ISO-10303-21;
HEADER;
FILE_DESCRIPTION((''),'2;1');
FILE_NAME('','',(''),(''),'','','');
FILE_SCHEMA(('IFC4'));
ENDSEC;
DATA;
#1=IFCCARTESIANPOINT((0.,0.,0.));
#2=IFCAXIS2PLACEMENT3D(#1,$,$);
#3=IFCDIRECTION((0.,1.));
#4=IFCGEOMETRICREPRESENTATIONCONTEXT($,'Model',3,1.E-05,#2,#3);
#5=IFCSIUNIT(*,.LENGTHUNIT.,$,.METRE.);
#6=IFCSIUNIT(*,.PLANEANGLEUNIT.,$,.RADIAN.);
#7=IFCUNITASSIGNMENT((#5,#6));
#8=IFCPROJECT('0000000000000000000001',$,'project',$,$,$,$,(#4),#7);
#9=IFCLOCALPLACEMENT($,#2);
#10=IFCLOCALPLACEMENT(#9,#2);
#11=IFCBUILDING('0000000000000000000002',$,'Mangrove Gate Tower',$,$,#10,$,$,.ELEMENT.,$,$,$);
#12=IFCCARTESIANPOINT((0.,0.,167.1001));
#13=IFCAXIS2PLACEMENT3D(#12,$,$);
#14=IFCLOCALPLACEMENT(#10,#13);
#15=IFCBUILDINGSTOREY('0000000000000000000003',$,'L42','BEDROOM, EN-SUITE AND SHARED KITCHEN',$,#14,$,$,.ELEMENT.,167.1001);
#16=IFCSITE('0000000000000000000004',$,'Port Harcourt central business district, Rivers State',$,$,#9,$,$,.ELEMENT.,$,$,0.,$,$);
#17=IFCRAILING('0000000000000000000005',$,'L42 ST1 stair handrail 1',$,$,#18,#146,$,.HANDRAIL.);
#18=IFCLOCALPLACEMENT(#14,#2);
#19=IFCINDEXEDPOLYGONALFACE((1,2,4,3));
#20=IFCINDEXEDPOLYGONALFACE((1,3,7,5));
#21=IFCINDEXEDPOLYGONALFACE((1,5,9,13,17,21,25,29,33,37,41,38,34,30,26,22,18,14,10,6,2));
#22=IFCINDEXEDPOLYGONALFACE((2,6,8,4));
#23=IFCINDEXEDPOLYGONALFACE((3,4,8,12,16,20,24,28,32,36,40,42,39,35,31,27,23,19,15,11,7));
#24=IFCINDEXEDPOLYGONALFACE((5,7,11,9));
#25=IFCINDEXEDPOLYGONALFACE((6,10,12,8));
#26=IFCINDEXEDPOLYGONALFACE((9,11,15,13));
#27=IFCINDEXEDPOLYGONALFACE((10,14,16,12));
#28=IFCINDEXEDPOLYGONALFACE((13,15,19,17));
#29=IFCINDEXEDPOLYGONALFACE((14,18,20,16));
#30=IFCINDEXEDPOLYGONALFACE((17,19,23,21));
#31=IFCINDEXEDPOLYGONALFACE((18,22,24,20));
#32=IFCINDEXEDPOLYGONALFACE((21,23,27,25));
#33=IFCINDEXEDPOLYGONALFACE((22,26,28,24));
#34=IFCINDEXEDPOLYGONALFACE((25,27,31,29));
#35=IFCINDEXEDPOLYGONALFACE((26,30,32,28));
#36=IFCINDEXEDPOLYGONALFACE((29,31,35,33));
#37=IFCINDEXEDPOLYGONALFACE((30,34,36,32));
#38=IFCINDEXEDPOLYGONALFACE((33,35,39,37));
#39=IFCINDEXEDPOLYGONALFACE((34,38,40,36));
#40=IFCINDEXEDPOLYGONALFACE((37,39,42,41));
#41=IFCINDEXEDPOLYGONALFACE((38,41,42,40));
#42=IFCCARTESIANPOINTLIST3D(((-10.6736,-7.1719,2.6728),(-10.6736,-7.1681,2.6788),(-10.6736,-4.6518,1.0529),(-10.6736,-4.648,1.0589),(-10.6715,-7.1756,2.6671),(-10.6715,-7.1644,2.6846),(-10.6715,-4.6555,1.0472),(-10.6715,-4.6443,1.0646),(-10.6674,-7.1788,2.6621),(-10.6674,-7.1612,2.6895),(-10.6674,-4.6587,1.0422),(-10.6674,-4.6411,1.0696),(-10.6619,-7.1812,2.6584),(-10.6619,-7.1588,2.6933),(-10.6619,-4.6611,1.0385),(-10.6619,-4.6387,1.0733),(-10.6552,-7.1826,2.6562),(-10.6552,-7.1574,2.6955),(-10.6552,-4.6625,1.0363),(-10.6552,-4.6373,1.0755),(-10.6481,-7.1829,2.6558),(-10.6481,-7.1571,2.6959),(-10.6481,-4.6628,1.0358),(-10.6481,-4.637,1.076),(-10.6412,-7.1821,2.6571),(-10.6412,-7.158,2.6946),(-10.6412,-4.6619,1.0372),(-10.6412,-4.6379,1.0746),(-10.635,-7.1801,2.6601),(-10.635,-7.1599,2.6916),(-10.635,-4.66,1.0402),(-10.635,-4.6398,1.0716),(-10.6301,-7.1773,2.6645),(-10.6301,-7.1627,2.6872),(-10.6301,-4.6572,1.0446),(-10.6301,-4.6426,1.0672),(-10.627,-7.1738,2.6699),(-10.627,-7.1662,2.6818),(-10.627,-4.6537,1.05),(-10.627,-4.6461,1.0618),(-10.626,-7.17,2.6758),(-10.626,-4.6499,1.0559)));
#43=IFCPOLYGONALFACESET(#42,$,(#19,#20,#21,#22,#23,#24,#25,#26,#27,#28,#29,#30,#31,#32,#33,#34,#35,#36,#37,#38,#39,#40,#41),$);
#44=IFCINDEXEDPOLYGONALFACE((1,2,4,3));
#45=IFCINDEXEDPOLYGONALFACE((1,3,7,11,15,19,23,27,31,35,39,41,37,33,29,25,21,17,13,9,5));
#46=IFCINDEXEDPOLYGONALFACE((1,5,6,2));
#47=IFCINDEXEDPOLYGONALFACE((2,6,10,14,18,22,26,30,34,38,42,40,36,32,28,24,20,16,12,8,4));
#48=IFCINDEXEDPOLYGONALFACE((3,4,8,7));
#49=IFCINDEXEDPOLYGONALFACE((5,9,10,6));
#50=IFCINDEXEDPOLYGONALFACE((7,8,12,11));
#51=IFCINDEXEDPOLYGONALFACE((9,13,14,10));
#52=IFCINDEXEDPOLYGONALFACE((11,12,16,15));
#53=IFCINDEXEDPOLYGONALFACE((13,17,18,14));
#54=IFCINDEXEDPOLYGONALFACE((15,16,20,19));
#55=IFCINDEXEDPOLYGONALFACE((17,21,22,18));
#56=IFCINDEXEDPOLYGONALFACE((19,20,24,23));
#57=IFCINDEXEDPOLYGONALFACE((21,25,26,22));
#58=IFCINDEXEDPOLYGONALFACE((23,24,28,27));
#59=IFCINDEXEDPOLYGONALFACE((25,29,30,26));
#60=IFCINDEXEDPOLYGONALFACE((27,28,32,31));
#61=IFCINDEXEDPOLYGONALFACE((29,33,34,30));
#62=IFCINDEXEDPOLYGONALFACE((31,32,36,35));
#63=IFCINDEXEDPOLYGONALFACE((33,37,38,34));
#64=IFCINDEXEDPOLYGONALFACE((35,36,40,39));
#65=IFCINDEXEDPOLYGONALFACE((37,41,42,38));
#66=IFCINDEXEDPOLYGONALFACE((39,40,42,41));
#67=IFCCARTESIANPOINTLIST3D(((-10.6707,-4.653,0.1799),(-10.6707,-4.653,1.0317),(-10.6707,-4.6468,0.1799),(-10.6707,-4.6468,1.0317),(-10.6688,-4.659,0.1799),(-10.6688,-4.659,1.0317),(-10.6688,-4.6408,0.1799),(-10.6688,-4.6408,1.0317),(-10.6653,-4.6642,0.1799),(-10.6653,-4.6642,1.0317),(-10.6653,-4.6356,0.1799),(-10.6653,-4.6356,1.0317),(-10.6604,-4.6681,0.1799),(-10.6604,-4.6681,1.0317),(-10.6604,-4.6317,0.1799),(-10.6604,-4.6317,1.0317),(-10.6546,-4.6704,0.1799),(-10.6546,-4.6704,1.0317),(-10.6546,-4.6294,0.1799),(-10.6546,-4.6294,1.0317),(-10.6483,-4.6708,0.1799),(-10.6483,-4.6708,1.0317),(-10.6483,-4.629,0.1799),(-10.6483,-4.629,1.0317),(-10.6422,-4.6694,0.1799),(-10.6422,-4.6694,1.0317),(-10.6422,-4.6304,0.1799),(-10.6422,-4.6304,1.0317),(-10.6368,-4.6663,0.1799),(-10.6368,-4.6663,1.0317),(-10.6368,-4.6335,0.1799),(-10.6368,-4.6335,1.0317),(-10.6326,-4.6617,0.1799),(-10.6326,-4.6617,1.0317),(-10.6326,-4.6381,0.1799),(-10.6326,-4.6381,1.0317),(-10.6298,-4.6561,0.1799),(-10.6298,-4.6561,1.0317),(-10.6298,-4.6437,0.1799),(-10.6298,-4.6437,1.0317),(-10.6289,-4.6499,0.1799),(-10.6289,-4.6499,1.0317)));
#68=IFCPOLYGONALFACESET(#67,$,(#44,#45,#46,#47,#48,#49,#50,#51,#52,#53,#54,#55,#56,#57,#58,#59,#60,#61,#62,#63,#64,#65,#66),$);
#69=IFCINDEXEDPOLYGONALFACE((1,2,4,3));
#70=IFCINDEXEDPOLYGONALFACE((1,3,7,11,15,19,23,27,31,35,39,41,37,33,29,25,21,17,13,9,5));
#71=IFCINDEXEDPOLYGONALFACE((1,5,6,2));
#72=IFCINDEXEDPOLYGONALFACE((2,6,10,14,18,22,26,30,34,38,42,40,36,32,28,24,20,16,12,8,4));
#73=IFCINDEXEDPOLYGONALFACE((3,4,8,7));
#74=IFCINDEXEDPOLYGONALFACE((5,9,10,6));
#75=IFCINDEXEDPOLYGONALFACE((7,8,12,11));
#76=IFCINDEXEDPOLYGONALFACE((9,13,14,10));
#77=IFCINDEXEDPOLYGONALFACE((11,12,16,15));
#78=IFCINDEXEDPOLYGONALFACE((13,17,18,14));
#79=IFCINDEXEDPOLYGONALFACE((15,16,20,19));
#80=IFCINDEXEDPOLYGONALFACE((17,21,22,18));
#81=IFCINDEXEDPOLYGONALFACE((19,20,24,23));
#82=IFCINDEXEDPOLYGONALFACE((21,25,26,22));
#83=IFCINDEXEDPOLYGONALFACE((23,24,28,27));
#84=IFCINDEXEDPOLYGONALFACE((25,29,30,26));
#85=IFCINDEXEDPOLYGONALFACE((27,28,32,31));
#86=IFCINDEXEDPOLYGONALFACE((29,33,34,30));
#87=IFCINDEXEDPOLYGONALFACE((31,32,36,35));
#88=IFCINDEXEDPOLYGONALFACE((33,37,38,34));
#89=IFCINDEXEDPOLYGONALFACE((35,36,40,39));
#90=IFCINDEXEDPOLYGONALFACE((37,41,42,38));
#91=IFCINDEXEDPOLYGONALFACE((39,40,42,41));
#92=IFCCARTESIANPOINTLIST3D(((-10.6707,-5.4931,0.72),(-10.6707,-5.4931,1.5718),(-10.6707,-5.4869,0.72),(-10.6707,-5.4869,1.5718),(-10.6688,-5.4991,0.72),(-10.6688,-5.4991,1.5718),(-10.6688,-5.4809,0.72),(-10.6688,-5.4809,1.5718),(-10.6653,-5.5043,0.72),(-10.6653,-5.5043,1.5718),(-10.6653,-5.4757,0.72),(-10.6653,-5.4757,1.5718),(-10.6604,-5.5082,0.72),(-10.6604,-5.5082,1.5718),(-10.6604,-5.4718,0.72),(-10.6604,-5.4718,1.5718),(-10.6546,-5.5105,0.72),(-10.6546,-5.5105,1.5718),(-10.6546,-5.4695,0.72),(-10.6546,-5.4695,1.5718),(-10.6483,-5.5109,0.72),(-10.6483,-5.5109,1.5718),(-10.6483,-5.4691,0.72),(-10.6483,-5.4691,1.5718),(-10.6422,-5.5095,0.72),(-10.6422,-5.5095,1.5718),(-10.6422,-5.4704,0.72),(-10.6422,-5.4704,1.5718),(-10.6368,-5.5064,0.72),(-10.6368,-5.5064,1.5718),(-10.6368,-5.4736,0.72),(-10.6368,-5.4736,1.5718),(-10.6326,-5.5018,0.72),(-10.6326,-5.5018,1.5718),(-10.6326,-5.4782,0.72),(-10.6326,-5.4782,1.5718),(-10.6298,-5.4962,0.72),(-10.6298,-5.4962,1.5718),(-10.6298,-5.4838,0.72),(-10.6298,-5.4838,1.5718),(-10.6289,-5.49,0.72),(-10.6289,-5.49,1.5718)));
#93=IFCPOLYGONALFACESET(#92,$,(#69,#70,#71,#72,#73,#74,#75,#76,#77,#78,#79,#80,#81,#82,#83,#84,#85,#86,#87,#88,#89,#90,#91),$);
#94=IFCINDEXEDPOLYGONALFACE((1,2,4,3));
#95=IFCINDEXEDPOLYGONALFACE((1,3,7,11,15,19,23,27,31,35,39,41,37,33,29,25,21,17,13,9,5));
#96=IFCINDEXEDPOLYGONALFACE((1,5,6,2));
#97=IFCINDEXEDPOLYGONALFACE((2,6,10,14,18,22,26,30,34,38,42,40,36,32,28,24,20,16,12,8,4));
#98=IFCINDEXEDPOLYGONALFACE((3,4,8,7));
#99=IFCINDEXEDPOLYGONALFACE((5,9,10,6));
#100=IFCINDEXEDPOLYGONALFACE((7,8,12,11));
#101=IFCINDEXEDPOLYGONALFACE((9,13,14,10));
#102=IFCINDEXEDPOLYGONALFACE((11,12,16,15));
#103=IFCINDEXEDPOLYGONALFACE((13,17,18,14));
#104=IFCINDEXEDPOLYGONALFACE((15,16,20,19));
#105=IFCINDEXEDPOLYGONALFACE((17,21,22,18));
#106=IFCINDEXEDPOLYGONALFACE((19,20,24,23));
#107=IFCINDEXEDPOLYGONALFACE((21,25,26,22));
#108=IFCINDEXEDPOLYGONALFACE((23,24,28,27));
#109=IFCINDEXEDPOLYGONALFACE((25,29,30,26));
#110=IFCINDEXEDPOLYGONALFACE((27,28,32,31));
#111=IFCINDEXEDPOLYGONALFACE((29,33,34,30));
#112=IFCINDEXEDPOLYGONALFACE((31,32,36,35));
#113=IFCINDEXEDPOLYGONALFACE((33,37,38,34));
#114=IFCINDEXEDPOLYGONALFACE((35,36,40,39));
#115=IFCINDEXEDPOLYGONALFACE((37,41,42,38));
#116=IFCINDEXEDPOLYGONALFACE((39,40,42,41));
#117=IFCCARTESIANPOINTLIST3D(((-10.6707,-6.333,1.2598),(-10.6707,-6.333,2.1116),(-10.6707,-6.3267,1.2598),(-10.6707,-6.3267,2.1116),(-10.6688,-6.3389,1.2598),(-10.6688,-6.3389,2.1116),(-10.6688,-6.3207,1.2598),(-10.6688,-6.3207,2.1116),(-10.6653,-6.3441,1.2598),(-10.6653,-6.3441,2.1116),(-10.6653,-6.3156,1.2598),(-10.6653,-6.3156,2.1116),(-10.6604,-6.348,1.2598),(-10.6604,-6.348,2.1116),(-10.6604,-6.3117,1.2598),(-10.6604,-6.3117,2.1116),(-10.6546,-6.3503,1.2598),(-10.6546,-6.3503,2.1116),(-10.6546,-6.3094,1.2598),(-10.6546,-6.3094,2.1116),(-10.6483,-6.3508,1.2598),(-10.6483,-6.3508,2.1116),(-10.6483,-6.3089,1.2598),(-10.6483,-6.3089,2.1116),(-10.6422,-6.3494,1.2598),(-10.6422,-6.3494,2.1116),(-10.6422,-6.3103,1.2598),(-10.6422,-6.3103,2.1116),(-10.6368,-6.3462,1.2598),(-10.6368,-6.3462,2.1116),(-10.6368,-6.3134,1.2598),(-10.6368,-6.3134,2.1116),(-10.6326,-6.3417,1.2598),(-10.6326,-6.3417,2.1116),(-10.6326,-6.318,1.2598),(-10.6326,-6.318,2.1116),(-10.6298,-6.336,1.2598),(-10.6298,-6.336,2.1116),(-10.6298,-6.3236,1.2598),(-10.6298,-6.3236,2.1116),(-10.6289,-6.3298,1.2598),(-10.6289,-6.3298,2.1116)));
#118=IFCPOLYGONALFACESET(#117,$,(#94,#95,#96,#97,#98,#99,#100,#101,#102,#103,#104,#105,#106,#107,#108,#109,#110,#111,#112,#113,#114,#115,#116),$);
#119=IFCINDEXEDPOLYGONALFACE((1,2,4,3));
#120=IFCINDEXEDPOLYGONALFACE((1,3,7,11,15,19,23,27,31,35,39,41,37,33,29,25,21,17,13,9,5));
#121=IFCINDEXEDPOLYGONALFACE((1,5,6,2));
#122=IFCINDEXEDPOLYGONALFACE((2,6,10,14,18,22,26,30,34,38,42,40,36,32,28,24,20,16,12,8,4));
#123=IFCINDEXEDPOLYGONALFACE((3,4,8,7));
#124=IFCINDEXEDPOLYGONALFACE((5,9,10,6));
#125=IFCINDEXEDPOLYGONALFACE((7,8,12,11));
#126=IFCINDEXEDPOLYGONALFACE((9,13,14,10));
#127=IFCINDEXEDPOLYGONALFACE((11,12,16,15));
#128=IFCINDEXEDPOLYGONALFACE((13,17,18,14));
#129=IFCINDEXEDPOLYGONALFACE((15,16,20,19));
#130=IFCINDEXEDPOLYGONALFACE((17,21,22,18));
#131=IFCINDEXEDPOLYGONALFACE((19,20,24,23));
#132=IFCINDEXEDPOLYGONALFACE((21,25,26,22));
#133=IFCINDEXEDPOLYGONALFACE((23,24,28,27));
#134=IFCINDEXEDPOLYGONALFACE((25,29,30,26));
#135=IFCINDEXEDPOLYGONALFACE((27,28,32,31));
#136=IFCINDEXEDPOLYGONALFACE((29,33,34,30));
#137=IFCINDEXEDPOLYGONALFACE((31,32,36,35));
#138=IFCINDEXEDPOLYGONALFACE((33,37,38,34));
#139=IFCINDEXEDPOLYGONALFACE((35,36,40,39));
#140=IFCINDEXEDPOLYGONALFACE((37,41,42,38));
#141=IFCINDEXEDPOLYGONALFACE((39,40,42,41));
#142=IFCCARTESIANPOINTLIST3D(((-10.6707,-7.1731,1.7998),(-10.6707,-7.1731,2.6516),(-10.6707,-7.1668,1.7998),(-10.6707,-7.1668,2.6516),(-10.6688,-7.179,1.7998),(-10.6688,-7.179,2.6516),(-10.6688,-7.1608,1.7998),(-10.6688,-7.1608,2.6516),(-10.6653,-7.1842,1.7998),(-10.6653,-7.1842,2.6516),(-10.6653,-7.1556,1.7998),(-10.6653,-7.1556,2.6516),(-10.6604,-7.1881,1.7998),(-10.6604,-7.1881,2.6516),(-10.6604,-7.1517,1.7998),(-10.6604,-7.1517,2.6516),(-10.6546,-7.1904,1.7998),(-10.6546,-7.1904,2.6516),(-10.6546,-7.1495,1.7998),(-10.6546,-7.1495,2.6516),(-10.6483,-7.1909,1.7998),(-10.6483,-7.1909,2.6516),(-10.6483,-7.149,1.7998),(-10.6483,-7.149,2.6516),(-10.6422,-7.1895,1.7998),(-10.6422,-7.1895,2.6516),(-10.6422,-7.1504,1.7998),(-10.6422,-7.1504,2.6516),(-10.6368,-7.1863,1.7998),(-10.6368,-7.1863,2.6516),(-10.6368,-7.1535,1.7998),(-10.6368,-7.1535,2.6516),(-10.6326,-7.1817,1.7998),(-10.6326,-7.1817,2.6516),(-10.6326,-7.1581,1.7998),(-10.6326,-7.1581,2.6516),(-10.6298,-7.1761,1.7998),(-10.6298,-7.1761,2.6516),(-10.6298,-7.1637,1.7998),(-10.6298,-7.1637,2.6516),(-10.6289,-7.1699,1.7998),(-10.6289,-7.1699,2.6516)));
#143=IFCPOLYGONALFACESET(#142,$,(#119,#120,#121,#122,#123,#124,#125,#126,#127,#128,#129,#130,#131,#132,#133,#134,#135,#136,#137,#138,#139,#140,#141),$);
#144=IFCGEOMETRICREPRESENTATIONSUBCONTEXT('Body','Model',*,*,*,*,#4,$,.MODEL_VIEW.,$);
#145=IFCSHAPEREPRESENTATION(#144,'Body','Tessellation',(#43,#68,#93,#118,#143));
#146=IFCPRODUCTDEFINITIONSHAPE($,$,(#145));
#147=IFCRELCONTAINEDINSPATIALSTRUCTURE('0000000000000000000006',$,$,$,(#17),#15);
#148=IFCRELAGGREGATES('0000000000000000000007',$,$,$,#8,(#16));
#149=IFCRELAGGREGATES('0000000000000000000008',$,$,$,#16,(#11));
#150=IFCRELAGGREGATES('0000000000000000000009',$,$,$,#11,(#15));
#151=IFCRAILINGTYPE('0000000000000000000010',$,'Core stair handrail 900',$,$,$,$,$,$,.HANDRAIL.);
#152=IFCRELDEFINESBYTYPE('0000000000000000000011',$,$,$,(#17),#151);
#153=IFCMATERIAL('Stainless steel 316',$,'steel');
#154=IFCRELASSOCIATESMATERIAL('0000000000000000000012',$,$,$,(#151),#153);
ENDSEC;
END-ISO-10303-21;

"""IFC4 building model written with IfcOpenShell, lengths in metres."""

from ifc_helpers import new_model, si_unit, direction, frame, origin, origin_2d, place, context, subcontext, project, spatial, circle, extrude, material, type_object, element, save


model = new_model("IFC4")

# Units and contexts
model_context = context("Model", 3, precision=1e-05, world=origin(), true_north=direction((0.0, 1.0)))
body_context = subcontext(model_context, "Body", "Model", "MODEL_VIEW")
ifc_project = project(units=[si_unit("LENGTHUNIT", "METRE"), si_unit("PLANEANGLEUNIT", "RADIAN")], contexts=[model_context])

# Site, building, storey
site_placement = place(None, origin())
site = spatial("IfcSite", under=ifc_project, at=site_placement, Name="Port Harcourt central business district, Rivers State", CompositionType="ELEMENT", RefElevation=0.0)
building_placement = place(site_placement, origin())
building = spatial("IfcBuilding", under=site, at=building_placement, Name="Mangrove Gate Tower", CompositionType="ELEMENT")
storey_placement = place(building_placement, frame((0.0, 0.0, 167.1001)))
storey = spatial("IfcBuildingStorey", under=building, at=storey_placement, Name="L42", Description="BEDROOM, EN-SUITE AND SHARED KITCHEN", CompositionType="ELEMENT", Elevation=167.1001)

# Railing
ifc_material_1 = material(Name="Stainless steel 316", Category="steel")
railing_type_1 = type_object("IfcRailingType", Name="Core stair handrail 900", PredefinedType="HANDRAIL", material=ifc_material_1)
railing_1_placement = place(storey_placement, frame((-10.6499, -4.6499, 0.1799)))
element("IfcRailing", 1, at=railing_1_placement, inside=storey, type_object=railing_type_1, Name="L42 ST1 stair handrail 1", PredefinedType="HANDRAIL", context=body_context, shape_type="SweptSolid", body=[
    extrude(circle(Radius=0.0239, at=origin_2d()), frame((0.0, 0.0, 0.876), z_axis=(0.0, -0.8412, 0.540725), x_axis=(1.0, 0.0, 0.0)), (0.0, 0.0, 1.0), 2.9958),
    extrude(circle(Radius=0.021, at=origin_2d()), origin(), (0.0, 0.0, 1.0), 0.8518),
    extrude(circle(Radius=0.021, at=origin_2d()), frame((0.0, -0.8401, 0.54)), (0.0, 0.0, 1.0), 0.8518),
    extrude(circle(Radius=0.021, at=origin_2d()), frame((0.0, -1.6799, 1.0798)), (0.0, 0.0, 1.0), 0.8518),
    extrude(circle(Radius=0.021, at=origin_2d()), frame((0.0, -2.52, 1.6199)), (0.0, 0.0, 1.0), 0.8518),
])

save(model, "model.ifc")
